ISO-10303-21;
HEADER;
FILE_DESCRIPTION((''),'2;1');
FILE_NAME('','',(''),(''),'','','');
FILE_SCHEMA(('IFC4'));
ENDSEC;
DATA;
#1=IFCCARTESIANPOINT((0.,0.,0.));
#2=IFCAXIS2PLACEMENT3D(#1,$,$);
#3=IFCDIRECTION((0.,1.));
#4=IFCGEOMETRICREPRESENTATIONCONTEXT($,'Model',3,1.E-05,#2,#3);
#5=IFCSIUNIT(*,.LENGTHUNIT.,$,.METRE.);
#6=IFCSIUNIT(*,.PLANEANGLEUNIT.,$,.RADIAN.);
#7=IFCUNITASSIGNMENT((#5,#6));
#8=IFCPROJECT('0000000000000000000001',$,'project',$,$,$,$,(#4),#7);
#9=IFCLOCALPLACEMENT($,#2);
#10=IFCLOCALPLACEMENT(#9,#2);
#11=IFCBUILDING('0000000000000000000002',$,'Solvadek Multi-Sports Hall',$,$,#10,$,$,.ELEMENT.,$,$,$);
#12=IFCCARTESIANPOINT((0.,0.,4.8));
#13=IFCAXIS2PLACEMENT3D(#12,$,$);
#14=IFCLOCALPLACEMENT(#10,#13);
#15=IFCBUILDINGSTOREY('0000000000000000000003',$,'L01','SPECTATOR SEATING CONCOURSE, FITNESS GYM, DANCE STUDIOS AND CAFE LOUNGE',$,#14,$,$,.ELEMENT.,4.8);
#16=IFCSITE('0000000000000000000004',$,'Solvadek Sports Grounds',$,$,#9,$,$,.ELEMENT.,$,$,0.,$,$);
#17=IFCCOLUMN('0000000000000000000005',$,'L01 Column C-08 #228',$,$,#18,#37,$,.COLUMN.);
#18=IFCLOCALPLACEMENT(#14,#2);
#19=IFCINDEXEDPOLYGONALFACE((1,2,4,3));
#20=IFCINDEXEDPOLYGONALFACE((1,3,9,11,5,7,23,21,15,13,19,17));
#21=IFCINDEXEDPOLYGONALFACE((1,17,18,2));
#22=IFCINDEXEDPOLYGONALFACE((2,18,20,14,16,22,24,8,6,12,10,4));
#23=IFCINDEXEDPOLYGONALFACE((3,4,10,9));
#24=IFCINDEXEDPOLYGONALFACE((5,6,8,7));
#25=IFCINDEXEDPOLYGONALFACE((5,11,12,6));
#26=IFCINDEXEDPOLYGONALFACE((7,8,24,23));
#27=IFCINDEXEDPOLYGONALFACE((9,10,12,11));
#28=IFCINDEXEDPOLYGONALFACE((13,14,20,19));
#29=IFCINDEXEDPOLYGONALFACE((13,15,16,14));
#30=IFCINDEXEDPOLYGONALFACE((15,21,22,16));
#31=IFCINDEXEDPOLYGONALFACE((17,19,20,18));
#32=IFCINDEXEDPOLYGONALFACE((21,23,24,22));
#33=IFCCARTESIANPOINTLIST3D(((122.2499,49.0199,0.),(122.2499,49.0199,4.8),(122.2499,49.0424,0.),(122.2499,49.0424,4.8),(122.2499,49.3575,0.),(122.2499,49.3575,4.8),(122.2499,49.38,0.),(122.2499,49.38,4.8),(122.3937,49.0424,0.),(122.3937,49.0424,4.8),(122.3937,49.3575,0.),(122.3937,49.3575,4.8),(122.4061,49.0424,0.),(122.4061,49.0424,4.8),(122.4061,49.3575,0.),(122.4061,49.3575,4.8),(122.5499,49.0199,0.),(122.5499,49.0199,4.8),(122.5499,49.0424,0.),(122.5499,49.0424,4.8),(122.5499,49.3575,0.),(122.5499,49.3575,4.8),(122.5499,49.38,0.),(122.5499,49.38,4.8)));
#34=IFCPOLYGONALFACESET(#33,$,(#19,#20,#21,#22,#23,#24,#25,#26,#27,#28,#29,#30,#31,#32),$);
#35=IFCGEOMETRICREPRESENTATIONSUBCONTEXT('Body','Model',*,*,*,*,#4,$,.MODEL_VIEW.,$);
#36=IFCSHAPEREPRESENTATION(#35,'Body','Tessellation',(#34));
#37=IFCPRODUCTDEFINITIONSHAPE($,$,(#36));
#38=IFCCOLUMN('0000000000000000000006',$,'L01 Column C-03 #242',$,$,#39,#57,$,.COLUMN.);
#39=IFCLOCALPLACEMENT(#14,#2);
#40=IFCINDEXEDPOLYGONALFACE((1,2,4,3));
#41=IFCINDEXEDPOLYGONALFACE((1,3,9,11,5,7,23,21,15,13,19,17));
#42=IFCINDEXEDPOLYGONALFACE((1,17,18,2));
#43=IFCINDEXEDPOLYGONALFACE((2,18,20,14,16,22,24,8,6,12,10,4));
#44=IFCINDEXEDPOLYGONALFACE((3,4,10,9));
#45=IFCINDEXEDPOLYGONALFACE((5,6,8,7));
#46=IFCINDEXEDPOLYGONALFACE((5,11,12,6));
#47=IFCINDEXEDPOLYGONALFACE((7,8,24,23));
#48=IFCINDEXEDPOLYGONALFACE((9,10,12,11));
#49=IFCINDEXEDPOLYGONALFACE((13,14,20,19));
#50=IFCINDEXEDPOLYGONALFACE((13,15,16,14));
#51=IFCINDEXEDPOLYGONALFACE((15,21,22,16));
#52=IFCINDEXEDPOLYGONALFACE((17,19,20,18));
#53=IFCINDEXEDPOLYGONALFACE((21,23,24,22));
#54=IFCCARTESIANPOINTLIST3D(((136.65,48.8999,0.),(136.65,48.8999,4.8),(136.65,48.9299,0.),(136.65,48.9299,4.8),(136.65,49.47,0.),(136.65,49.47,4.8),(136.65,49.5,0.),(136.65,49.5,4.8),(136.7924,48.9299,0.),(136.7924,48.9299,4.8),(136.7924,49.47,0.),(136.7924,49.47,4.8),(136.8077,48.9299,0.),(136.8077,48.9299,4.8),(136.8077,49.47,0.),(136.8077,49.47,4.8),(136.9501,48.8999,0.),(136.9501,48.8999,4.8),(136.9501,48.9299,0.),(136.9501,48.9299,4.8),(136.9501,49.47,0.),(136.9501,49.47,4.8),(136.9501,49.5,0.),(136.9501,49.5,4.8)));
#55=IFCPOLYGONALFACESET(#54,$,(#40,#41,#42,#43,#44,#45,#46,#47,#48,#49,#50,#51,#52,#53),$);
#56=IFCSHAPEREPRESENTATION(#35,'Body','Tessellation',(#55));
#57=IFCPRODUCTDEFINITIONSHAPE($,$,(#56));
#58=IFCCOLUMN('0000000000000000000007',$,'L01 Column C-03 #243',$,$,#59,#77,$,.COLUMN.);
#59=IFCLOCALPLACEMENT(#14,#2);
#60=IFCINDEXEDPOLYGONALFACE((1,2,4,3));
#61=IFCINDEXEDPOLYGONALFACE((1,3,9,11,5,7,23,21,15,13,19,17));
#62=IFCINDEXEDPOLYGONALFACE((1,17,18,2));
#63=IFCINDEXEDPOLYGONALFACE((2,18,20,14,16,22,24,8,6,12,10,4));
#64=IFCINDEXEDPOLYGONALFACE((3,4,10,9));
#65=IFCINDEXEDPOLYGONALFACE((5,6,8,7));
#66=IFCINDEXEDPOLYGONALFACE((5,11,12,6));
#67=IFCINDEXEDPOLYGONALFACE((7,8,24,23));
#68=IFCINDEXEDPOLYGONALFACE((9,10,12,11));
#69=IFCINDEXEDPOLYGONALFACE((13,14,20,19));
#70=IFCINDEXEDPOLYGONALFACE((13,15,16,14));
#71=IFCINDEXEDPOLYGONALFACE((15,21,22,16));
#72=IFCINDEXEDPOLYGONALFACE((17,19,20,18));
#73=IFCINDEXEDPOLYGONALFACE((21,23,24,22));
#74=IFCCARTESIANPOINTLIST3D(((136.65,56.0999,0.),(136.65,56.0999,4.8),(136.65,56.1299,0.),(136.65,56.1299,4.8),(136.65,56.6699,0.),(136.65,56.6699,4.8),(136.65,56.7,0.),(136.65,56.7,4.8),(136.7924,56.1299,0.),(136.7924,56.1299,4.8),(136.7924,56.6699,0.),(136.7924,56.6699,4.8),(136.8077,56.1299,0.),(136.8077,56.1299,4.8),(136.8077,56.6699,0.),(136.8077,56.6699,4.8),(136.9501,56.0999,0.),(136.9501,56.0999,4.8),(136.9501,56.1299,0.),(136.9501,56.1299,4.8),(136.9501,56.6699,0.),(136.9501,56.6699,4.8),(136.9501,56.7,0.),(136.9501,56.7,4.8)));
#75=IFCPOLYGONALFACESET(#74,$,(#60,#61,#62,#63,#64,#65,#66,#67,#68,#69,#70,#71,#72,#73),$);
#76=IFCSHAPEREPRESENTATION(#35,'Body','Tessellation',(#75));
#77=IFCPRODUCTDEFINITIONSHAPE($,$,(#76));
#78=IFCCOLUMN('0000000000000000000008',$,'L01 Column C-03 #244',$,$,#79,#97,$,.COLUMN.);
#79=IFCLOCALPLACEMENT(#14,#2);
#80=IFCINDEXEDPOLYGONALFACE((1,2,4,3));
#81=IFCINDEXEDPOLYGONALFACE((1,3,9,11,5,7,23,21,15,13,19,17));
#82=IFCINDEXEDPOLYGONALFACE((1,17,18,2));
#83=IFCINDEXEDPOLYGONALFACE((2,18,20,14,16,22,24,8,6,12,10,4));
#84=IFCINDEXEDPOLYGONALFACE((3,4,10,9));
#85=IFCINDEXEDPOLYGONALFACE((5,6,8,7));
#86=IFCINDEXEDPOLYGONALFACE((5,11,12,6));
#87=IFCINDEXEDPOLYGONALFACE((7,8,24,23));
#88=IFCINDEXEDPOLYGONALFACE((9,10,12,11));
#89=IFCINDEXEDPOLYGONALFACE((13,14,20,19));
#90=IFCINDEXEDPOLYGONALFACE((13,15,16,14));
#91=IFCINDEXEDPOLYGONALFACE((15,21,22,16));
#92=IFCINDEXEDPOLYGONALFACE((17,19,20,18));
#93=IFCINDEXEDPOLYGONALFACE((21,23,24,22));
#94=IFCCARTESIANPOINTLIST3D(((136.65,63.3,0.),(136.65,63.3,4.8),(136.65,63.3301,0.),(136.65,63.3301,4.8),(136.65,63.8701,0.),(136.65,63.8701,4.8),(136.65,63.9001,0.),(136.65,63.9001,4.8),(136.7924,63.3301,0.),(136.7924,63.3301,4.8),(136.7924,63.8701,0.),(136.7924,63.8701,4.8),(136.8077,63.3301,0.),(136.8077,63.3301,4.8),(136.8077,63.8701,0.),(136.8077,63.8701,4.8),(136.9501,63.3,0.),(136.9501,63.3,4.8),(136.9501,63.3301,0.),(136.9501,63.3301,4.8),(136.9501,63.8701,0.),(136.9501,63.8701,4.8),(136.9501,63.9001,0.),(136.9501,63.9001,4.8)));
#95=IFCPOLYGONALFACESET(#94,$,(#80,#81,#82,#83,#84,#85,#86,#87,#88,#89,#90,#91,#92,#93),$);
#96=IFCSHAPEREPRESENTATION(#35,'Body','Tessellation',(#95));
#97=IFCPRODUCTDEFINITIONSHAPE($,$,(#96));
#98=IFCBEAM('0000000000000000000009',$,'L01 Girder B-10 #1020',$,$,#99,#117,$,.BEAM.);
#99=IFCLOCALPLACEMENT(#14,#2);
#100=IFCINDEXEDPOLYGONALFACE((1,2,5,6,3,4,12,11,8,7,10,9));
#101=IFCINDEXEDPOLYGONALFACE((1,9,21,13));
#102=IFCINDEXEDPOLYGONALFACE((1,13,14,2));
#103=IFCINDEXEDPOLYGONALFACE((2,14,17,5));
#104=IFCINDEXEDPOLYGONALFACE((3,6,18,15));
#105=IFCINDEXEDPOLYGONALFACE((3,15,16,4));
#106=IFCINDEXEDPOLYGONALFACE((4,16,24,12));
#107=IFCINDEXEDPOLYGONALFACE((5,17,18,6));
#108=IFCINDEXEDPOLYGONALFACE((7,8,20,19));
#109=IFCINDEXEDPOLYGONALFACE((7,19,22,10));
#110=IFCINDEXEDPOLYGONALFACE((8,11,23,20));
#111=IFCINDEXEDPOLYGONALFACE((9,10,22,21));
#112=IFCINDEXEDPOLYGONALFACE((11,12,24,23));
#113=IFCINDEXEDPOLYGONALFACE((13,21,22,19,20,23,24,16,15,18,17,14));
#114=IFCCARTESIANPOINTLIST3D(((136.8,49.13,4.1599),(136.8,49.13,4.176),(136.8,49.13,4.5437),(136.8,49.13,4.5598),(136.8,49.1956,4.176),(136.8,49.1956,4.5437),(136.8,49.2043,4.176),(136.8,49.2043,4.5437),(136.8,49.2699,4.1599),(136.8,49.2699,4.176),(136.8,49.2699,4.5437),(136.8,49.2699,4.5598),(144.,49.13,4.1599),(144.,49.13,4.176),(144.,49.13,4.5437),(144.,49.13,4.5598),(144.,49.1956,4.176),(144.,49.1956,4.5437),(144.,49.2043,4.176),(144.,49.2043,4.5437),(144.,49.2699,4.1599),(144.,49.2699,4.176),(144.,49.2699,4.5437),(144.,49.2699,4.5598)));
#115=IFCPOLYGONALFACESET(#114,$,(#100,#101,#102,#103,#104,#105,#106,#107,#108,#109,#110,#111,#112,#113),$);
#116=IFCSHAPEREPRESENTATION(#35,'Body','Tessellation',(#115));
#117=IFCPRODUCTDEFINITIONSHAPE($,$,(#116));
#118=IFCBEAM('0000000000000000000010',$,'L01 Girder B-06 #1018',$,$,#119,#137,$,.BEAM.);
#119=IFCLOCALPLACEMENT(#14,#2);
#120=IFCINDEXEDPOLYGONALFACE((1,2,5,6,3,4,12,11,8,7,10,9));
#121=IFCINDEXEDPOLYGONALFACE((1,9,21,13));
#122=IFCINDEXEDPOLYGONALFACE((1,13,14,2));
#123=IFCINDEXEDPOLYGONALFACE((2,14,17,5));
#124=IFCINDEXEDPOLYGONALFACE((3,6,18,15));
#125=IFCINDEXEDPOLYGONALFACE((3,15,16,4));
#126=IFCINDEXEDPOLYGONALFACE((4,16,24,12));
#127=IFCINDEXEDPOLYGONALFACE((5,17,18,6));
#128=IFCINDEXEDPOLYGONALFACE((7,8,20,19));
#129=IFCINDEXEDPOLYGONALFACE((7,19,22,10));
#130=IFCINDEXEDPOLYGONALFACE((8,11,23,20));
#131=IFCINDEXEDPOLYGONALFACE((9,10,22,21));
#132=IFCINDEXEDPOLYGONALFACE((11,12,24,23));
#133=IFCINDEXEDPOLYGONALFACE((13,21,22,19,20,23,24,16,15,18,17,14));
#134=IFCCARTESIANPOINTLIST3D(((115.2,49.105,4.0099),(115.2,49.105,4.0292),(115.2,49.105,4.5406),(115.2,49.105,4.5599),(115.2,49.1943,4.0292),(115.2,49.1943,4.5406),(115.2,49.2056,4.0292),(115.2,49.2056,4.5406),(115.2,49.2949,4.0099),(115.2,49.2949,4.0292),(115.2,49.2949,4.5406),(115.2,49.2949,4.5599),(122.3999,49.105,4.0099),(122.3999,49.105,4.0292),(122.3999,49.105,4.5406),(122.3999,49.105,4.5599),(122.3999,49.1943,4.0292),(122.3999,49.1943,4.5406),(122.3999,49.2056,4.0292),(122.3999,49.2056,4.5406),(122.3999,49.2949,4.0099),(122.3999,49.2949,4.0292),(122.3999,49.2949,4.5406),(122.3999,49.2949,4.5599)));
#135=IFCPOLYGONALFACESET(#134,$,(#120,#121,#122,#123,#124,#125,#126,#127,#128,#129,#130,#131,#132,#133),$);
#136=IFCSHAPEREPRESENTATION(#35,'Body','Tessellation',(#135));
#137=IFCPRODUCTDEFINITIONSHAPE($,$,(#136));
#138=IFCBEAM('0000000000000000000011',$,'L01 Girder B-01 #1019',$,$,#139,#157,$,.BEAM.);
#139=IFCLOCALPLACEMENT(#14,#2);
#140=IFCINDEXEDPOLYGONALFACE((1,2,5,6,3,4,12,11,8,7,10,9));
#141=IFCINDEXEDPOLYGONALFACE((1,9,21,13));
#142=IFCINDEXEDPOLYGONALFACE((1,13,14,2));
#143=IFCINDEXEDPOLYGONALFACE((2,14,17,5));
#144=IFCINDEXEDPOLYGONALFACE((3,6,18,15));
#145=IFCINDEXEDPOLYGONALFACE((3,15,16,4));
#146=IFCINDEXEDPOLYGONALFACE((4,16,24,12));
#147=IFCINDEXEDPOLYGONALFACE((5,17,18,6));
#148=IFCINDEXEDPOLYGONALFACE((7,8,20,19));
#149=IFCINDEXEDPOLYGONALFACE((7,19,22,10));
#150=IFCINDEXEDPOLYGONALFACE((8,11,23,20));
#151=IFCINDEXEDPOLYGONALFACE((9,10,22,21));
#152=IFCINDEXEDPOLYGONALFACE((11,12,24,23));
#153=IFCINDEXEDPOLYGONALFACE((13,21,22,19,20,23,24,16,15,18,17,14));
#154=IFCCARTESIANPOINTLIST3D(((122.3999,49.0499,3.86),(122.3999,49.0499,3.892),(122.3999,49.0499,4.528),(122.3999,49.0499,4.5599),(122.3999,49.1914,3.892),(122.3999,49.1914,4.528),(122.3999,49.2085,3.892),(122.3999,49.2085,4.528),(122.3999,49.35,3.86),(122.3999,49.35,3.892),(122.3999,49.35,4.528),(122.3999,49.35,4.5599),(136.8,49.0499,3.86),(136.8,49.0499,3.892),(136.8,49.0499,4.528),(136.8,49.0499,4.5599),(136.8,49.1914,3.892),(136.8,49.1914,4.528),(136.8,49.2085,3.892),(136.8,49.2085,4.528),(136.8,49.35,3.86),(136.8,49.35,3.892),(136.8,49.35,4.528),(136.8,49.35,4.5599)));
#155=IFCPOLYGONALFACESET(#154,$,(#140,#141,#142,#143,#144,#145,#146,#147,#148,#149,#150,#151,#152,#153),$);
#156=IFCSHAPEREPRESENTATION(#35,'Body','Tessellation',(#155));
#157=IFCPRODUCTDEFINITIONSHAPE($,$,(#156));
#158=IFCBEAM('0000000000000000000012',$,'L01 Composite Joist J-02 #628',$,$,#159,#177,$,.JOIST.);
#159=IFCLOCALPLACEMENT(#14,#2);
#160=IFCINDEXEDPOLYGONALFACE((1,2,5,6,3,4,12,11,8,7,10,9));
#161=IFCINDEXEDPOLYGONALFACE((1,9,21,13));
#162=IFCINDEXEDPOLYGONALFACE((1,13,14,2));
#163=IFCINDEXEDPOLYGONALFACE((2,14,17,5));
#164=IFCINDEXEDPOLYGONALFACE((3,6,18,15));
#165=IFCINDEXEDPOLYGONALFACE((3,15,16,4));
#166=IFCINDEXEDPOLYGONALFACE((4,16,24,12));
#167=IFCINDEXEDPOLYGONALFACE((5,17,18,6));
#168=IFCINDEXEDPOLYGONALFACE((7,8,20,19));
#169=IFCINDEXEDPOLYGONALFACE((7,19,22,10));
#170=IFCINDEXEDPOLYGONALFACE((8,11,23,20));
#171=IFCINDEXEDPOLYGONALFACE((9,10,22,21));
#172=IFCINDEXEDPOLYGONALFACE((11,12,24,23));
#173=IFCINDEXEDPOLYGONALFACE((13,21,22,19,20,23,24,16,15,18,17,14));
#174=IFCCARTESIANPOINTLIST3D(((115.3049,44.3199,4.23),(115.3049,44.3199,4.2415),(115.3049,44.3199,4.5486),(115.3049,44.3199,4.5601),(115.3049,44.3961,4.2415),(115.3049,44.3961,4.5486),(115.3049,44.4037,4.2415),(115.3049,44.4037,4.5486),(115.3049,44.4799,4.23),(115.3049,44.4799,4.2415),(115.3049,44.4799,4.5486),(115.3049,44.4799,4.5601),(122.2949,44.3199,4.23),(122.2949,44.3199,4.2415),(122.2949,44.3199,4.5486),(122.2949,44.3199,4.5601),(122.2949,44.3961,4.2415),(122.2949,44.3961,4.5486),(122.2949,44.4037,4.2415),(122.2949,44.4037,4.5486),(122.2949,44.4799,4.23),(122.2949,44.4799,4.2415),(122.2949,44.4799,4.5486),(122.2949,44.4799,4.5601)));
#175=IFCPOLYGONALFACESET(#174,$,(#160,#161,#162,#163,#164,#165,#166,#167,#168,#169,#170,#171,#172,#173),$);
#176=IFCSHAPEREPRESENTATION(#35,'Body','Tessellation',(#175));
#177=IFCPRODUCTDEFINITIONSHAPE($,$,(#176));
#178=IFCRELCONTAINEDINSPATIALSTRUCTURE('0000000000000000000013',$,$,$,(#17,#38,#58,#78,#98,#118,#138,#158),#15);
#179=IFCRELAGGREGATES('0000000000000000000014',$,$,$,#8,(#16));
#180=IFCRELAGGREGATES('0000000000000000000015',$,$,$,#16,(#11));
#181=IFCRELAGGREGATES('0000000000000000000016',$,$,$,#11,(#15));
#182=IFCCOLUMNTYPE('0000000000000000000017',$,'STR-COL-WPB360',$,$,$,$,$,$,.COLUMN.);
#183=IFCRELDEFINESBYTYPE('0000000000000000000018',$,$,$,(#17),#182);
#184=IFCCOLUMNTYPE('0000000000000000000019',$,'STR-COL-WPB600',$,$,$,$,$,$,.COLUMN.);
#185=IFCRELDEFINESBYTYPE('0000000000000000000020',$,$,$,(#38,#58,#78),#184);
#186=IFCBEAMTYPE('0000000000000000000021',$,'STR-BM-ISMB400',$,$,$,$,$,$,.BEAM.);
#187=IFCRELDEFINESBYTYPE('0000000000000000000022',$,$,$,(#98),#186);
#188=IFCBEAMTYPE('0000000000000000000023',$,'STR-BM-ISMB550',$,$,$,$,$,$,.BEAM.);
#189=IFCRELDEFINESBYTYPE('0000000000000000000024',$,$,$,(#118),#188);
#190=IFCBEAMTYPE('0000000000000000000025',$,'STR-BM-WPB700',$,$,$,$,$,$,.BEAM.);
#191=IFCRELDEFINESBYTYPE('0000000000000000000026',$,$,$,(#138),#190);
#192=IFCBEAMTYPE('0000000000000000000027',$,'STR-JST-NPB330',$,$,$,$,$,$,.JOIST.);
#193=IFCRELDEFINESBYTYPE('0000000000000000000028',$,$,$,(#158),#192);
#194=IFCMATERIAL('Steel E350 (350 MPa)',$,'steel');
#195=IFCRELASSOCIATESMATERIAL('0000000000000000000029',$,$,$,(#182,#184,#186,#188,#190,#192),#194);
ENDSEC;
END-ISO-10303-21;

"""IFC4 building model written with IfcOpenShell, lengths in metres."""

from ifc_helpers import new_model, si_unit, direction, frame, origin, origin_2d, place, context, subcontext, project, spatial, i_section, extrude, material, material_profile, profile_set, type_object, element, save


model = new_model("IFC4")

# Units and contexts
model_context = context("Model", 3, precision=1e-05, world=origin(), true_north=direction((0.0, 1.0)))
body_context = subcontext(model_context, "Body", "Model", "MODEL_VIEW")
ifc_project = project(units=[si_unit("LENGTHUNIT", "METRE"), si_unit("PLANEANGLEUNIT", "RADIAN")], contexts=[model_context])

# Site, building, storey
site_placement = place(None, origin())
site = spatial("IfcSite", under=ifc_project, at=site_placement, Name="Solvadek Sports Grounds", CompositionType="ELEMENT", RefElevation=0.0)
building_placement = place(site_placement, origin())
building = spatial("IfcBuilding", under=site, at=building_placement, Name="Solvadek Multi-Sports Hall", CompositionType="ELEMENT")
storey_placement = place(building_placement, frame((0.0, 0.0, 4.8)))
storey = spatial("IfcBuildingStorey", under=building, at=storey_placement, Name="L01", Description="SPECTATOR SEATING CONCOURSE, FITNESS GYM, DANCE STUDIOS AND CAFE LOUNGE", CompositionType="ELEMENT", Elevation=4.8)

# Columns
ifc_material_1 = material(Name="Steel E350 (350 MPa)", Category="steel")
ifc_material_profile_1 = material_profile(ifc_material_1, i_section(OverallWidth=0.3, OverallDepth=0.3601, WebThickness=0.0125, FlangeThickness=0.0225, at=origin_2d()), Name="WPB 360")
ifc_profile_set_1 = profile_set([ifc_material_profile_1], Name="Steel E350 (350 MPa)")
column_type_1 = type_object("IfcColumnType", Name="STR-COL-WPB360", PredefinedType="COLUMN", material=ifc_profile_set_1)
column_placement = place(storey_placement, frame((122.3999, 49.2, 0.0), z_axis=(0.0, 0.0, 1.0), x_axis=(1.0, 0.0, 0.0)))
element("IfcColumn", 1, at=column_placement, inside=storey, type_object=column_type_1, Name="L01 Column C-08 #228", PredefinedType="COLUMN", context=body_context, shape_type="SweptSolid", body=[
    extrude(i_section(OverallWidth=0.3, OverallDepth=0.3601, WebThickness=0.0125, FlangeThickness=0.0225, at=origin_2d()), origin(), (0.0, 0.0, 1.0), 4.8),
])
ifc_material_profile_2 = material_profile(ifc_material_1, i_section(OverallWidth=0.3, OverallDepth=0.6001, WebThickness=0.0154, FlangeThickness=0.03, at=origin_2d()), Name="WPB 600")
ifc_profile_set_2 = profile_set([ifc_material_profile_2], Name="Steel E350 (350 MPa)")
column_type_2 = type_object("IfcColumnType", Name="STR-COL-WPB600", PredefinedType="COLUMN", material=ifc_profile_set_2)
for number, where, z_axis, x_axis, name in (
    (2, (136.8, 49.2, 0.0), (0.0, 0.0, 1.0), (1.0, 0.0, 0.0), "L01 Column C-03 #242"),
    (3, (136.8, 56.3999, 0.0), (0.0, 0.0, 1.0), (1.0, 0.0, 0.0), "L01 Column C-03 #243"),
    (4, (136.8, 63.6001, 0.0), (0.0, 0.0, 1.0), (1.0, 0.0, 0.0), "L01 Column C-03 #244"),
):
    element("IfcColumn", number, at=place(storey_placement, frame(where, z_axis=z_axis, x_axis=x_axis)), inside=storey, type_object=column_type_2, Name=name, PredefinedType="COLUMN", context=body_context, shape_type="SweptSolid", body=[
        extrude(i_section(OverallWidth=0.3, OverallDepth=0.6001, WebThickness=0.0154, FlangeThickness=0.03, at=origin_2d()), origin(), (0.0, 0.0, 1.0), 4.8),
    ])

# Beams
ifc_material_profile_3 = material_profile(ifc_material_1, i_section(OverallWidth=0.1399, OverallDepth=0.3999, WebThickness=0.0088, FlangeThickness=0.0161, at=origin_2d()), Name="ISMB 400")
ifc_profile_set_3 = profile_set([ifc_material_profile_3], Name="Steel E350 (350 MPa)")
beam_type_1 = type_object("IfcBeamType", Name="STR-BM-ISMB400", PredefinedType="BEAM", material=ifc_profile_set_3)
beam_1_placement = place(storey_placement, frame((136.8, 49.2, 4.3599), z_axis=(1.0, 0.0, 0.0), x_axis=(0.0, 1.0, 0.0)))
element("IfcBeam", 5, at=beam_1_placement, inside=storey, type_object=beam_type_1, Name="L01 Girder B-10 #1020", PredefinedType="BEAM", context=body_context, shape_type="SweptSolid", body=[
    extrude(i_section(OverallWidth=0.1399, OverallDepth=0.3999, WebThickness=0.0088, FlangeThickness=0.0161, at=origin_2d()), origin(), (0.0, 0.0, 1.0), 7.2),
])
ifc_material_profile_4 = material_profile(ifc_material_1, i_section(OverallWidth=0.1899, OverallDepth=0.55, WebThickness=0.0112, FlangeThickness=0.0193, at=origin_2d()), Name="ISMB 550")
ifc_profile_set_4 = profile_set([ifc_material_profile_4], Name="Steel E350 (350 MPa)")
beam_type_2 = type_object("IfcBeamType", Name="STR-BM-ISMB550", PredefinedType="BEAM", material=ifc_profile_set_4)
beam_2_placement = place(storey_placement, frame((115.2, 49.2, 4.2849), z_axis=(1.0, 0.0, 0.0), x_axis=(0.0, 1.0, 0.0)))
element("IfcBeam", 6, at=beam_2_placement, inside=storey, type_object=beam_type_2, Name="L01 Girder B-06 #1018", PredefinedType="BEAM", context=body_context, shape_type="SweptSolid", body=[
    extrude(i_section(OverallWidth=0.1899, OverallDepth=0.55, WebThickness=0.0112, FlangeThickness=0.0193, at=origin_2d()), origin(), (0.0, 0.0, 1.0), 7.2),
])
ifc_material_profile_5 = material_profile(ifc_material_1, i_section(OverallWidth=0.3, OverallDepth=0.7, WebThickness=0.0171, FlangeThickness=0.032, at=origin_2d()), Name="WPB 700")
ifc_profile_set_5 = profile_set([ifc_material_profile_5], Name="Steel E350 (350 MPa)")
beam_type_3 = type_object("IfcBeamType", Name="STR-BM-WPB700", PredefinedType="BEAM", material=ifc_profile_set_5)
beam_3_placement = place(storey_placement, frame((122.3999, 49.2, 4.21), z_axis=(1.0, 0.0, 0.0), x_axis=(0.0, 1.0, 0.0)))
element("IfcBeam", 7, at=beam_3_placement, inside=storey, type_object=beam_type_3, Name="L01 Girder B-01 #1019", PredefinedType="BEAM", context=body_context, shape_type="SweptSolid", body=[
    extrude(i_section(OverallWidth=0.3, OverallDepth=0.7, WebThickness=0.0171, FlangeThickness=0.032, at=origin_2d()), origin(), (0.0, 0.0, 1.0), 14.4001),
])
ifc_material_profile_6 = material_profile(ifc_material_1, i_section(OverallWidth=0.1599, OverallDepth=0.3301, WebThickness=0.0076, FlangeThickness=0.0115, at=origin_2d()), Name="NPB 330")
ifc_profile_set_6 = profile_set([ifc_material_profile_6], Name="Steel E350 (350 MPa)")
beam_type_4 = type_object("IfcBeamType", Name="STR-JST-NPB330", PredefinedType="JOIST", material=ifc_profile_set_6)
for number, where, z_axis, x_axis, name in (
    (8, (115.3049, 44.3999, 4.395), (1.0, 0.0, 0.0), (0.0, 1.0, 0.0), "L01 Composite Joist J-02 #628"),
):
    element("IfcBeam", number, at=place(storey_placement, frame(where, z_axis=z_axis, x_axis=x_axis)), inside=storey, type_object=beam_type_4, Name=name, PredefinedType="JOIST", context=body_context, shape_type="SweptSolid", body=[
        extrude(i_section(OverallWidth=0.1599, OverallDepth=0.3301, WebThickness=0.0076, FlangeThickness=0.0115, at=origin_2d()), origin(), (0.0, 0.0, 1.0), 6.99),
    ])

save(model, "model.ifc")
